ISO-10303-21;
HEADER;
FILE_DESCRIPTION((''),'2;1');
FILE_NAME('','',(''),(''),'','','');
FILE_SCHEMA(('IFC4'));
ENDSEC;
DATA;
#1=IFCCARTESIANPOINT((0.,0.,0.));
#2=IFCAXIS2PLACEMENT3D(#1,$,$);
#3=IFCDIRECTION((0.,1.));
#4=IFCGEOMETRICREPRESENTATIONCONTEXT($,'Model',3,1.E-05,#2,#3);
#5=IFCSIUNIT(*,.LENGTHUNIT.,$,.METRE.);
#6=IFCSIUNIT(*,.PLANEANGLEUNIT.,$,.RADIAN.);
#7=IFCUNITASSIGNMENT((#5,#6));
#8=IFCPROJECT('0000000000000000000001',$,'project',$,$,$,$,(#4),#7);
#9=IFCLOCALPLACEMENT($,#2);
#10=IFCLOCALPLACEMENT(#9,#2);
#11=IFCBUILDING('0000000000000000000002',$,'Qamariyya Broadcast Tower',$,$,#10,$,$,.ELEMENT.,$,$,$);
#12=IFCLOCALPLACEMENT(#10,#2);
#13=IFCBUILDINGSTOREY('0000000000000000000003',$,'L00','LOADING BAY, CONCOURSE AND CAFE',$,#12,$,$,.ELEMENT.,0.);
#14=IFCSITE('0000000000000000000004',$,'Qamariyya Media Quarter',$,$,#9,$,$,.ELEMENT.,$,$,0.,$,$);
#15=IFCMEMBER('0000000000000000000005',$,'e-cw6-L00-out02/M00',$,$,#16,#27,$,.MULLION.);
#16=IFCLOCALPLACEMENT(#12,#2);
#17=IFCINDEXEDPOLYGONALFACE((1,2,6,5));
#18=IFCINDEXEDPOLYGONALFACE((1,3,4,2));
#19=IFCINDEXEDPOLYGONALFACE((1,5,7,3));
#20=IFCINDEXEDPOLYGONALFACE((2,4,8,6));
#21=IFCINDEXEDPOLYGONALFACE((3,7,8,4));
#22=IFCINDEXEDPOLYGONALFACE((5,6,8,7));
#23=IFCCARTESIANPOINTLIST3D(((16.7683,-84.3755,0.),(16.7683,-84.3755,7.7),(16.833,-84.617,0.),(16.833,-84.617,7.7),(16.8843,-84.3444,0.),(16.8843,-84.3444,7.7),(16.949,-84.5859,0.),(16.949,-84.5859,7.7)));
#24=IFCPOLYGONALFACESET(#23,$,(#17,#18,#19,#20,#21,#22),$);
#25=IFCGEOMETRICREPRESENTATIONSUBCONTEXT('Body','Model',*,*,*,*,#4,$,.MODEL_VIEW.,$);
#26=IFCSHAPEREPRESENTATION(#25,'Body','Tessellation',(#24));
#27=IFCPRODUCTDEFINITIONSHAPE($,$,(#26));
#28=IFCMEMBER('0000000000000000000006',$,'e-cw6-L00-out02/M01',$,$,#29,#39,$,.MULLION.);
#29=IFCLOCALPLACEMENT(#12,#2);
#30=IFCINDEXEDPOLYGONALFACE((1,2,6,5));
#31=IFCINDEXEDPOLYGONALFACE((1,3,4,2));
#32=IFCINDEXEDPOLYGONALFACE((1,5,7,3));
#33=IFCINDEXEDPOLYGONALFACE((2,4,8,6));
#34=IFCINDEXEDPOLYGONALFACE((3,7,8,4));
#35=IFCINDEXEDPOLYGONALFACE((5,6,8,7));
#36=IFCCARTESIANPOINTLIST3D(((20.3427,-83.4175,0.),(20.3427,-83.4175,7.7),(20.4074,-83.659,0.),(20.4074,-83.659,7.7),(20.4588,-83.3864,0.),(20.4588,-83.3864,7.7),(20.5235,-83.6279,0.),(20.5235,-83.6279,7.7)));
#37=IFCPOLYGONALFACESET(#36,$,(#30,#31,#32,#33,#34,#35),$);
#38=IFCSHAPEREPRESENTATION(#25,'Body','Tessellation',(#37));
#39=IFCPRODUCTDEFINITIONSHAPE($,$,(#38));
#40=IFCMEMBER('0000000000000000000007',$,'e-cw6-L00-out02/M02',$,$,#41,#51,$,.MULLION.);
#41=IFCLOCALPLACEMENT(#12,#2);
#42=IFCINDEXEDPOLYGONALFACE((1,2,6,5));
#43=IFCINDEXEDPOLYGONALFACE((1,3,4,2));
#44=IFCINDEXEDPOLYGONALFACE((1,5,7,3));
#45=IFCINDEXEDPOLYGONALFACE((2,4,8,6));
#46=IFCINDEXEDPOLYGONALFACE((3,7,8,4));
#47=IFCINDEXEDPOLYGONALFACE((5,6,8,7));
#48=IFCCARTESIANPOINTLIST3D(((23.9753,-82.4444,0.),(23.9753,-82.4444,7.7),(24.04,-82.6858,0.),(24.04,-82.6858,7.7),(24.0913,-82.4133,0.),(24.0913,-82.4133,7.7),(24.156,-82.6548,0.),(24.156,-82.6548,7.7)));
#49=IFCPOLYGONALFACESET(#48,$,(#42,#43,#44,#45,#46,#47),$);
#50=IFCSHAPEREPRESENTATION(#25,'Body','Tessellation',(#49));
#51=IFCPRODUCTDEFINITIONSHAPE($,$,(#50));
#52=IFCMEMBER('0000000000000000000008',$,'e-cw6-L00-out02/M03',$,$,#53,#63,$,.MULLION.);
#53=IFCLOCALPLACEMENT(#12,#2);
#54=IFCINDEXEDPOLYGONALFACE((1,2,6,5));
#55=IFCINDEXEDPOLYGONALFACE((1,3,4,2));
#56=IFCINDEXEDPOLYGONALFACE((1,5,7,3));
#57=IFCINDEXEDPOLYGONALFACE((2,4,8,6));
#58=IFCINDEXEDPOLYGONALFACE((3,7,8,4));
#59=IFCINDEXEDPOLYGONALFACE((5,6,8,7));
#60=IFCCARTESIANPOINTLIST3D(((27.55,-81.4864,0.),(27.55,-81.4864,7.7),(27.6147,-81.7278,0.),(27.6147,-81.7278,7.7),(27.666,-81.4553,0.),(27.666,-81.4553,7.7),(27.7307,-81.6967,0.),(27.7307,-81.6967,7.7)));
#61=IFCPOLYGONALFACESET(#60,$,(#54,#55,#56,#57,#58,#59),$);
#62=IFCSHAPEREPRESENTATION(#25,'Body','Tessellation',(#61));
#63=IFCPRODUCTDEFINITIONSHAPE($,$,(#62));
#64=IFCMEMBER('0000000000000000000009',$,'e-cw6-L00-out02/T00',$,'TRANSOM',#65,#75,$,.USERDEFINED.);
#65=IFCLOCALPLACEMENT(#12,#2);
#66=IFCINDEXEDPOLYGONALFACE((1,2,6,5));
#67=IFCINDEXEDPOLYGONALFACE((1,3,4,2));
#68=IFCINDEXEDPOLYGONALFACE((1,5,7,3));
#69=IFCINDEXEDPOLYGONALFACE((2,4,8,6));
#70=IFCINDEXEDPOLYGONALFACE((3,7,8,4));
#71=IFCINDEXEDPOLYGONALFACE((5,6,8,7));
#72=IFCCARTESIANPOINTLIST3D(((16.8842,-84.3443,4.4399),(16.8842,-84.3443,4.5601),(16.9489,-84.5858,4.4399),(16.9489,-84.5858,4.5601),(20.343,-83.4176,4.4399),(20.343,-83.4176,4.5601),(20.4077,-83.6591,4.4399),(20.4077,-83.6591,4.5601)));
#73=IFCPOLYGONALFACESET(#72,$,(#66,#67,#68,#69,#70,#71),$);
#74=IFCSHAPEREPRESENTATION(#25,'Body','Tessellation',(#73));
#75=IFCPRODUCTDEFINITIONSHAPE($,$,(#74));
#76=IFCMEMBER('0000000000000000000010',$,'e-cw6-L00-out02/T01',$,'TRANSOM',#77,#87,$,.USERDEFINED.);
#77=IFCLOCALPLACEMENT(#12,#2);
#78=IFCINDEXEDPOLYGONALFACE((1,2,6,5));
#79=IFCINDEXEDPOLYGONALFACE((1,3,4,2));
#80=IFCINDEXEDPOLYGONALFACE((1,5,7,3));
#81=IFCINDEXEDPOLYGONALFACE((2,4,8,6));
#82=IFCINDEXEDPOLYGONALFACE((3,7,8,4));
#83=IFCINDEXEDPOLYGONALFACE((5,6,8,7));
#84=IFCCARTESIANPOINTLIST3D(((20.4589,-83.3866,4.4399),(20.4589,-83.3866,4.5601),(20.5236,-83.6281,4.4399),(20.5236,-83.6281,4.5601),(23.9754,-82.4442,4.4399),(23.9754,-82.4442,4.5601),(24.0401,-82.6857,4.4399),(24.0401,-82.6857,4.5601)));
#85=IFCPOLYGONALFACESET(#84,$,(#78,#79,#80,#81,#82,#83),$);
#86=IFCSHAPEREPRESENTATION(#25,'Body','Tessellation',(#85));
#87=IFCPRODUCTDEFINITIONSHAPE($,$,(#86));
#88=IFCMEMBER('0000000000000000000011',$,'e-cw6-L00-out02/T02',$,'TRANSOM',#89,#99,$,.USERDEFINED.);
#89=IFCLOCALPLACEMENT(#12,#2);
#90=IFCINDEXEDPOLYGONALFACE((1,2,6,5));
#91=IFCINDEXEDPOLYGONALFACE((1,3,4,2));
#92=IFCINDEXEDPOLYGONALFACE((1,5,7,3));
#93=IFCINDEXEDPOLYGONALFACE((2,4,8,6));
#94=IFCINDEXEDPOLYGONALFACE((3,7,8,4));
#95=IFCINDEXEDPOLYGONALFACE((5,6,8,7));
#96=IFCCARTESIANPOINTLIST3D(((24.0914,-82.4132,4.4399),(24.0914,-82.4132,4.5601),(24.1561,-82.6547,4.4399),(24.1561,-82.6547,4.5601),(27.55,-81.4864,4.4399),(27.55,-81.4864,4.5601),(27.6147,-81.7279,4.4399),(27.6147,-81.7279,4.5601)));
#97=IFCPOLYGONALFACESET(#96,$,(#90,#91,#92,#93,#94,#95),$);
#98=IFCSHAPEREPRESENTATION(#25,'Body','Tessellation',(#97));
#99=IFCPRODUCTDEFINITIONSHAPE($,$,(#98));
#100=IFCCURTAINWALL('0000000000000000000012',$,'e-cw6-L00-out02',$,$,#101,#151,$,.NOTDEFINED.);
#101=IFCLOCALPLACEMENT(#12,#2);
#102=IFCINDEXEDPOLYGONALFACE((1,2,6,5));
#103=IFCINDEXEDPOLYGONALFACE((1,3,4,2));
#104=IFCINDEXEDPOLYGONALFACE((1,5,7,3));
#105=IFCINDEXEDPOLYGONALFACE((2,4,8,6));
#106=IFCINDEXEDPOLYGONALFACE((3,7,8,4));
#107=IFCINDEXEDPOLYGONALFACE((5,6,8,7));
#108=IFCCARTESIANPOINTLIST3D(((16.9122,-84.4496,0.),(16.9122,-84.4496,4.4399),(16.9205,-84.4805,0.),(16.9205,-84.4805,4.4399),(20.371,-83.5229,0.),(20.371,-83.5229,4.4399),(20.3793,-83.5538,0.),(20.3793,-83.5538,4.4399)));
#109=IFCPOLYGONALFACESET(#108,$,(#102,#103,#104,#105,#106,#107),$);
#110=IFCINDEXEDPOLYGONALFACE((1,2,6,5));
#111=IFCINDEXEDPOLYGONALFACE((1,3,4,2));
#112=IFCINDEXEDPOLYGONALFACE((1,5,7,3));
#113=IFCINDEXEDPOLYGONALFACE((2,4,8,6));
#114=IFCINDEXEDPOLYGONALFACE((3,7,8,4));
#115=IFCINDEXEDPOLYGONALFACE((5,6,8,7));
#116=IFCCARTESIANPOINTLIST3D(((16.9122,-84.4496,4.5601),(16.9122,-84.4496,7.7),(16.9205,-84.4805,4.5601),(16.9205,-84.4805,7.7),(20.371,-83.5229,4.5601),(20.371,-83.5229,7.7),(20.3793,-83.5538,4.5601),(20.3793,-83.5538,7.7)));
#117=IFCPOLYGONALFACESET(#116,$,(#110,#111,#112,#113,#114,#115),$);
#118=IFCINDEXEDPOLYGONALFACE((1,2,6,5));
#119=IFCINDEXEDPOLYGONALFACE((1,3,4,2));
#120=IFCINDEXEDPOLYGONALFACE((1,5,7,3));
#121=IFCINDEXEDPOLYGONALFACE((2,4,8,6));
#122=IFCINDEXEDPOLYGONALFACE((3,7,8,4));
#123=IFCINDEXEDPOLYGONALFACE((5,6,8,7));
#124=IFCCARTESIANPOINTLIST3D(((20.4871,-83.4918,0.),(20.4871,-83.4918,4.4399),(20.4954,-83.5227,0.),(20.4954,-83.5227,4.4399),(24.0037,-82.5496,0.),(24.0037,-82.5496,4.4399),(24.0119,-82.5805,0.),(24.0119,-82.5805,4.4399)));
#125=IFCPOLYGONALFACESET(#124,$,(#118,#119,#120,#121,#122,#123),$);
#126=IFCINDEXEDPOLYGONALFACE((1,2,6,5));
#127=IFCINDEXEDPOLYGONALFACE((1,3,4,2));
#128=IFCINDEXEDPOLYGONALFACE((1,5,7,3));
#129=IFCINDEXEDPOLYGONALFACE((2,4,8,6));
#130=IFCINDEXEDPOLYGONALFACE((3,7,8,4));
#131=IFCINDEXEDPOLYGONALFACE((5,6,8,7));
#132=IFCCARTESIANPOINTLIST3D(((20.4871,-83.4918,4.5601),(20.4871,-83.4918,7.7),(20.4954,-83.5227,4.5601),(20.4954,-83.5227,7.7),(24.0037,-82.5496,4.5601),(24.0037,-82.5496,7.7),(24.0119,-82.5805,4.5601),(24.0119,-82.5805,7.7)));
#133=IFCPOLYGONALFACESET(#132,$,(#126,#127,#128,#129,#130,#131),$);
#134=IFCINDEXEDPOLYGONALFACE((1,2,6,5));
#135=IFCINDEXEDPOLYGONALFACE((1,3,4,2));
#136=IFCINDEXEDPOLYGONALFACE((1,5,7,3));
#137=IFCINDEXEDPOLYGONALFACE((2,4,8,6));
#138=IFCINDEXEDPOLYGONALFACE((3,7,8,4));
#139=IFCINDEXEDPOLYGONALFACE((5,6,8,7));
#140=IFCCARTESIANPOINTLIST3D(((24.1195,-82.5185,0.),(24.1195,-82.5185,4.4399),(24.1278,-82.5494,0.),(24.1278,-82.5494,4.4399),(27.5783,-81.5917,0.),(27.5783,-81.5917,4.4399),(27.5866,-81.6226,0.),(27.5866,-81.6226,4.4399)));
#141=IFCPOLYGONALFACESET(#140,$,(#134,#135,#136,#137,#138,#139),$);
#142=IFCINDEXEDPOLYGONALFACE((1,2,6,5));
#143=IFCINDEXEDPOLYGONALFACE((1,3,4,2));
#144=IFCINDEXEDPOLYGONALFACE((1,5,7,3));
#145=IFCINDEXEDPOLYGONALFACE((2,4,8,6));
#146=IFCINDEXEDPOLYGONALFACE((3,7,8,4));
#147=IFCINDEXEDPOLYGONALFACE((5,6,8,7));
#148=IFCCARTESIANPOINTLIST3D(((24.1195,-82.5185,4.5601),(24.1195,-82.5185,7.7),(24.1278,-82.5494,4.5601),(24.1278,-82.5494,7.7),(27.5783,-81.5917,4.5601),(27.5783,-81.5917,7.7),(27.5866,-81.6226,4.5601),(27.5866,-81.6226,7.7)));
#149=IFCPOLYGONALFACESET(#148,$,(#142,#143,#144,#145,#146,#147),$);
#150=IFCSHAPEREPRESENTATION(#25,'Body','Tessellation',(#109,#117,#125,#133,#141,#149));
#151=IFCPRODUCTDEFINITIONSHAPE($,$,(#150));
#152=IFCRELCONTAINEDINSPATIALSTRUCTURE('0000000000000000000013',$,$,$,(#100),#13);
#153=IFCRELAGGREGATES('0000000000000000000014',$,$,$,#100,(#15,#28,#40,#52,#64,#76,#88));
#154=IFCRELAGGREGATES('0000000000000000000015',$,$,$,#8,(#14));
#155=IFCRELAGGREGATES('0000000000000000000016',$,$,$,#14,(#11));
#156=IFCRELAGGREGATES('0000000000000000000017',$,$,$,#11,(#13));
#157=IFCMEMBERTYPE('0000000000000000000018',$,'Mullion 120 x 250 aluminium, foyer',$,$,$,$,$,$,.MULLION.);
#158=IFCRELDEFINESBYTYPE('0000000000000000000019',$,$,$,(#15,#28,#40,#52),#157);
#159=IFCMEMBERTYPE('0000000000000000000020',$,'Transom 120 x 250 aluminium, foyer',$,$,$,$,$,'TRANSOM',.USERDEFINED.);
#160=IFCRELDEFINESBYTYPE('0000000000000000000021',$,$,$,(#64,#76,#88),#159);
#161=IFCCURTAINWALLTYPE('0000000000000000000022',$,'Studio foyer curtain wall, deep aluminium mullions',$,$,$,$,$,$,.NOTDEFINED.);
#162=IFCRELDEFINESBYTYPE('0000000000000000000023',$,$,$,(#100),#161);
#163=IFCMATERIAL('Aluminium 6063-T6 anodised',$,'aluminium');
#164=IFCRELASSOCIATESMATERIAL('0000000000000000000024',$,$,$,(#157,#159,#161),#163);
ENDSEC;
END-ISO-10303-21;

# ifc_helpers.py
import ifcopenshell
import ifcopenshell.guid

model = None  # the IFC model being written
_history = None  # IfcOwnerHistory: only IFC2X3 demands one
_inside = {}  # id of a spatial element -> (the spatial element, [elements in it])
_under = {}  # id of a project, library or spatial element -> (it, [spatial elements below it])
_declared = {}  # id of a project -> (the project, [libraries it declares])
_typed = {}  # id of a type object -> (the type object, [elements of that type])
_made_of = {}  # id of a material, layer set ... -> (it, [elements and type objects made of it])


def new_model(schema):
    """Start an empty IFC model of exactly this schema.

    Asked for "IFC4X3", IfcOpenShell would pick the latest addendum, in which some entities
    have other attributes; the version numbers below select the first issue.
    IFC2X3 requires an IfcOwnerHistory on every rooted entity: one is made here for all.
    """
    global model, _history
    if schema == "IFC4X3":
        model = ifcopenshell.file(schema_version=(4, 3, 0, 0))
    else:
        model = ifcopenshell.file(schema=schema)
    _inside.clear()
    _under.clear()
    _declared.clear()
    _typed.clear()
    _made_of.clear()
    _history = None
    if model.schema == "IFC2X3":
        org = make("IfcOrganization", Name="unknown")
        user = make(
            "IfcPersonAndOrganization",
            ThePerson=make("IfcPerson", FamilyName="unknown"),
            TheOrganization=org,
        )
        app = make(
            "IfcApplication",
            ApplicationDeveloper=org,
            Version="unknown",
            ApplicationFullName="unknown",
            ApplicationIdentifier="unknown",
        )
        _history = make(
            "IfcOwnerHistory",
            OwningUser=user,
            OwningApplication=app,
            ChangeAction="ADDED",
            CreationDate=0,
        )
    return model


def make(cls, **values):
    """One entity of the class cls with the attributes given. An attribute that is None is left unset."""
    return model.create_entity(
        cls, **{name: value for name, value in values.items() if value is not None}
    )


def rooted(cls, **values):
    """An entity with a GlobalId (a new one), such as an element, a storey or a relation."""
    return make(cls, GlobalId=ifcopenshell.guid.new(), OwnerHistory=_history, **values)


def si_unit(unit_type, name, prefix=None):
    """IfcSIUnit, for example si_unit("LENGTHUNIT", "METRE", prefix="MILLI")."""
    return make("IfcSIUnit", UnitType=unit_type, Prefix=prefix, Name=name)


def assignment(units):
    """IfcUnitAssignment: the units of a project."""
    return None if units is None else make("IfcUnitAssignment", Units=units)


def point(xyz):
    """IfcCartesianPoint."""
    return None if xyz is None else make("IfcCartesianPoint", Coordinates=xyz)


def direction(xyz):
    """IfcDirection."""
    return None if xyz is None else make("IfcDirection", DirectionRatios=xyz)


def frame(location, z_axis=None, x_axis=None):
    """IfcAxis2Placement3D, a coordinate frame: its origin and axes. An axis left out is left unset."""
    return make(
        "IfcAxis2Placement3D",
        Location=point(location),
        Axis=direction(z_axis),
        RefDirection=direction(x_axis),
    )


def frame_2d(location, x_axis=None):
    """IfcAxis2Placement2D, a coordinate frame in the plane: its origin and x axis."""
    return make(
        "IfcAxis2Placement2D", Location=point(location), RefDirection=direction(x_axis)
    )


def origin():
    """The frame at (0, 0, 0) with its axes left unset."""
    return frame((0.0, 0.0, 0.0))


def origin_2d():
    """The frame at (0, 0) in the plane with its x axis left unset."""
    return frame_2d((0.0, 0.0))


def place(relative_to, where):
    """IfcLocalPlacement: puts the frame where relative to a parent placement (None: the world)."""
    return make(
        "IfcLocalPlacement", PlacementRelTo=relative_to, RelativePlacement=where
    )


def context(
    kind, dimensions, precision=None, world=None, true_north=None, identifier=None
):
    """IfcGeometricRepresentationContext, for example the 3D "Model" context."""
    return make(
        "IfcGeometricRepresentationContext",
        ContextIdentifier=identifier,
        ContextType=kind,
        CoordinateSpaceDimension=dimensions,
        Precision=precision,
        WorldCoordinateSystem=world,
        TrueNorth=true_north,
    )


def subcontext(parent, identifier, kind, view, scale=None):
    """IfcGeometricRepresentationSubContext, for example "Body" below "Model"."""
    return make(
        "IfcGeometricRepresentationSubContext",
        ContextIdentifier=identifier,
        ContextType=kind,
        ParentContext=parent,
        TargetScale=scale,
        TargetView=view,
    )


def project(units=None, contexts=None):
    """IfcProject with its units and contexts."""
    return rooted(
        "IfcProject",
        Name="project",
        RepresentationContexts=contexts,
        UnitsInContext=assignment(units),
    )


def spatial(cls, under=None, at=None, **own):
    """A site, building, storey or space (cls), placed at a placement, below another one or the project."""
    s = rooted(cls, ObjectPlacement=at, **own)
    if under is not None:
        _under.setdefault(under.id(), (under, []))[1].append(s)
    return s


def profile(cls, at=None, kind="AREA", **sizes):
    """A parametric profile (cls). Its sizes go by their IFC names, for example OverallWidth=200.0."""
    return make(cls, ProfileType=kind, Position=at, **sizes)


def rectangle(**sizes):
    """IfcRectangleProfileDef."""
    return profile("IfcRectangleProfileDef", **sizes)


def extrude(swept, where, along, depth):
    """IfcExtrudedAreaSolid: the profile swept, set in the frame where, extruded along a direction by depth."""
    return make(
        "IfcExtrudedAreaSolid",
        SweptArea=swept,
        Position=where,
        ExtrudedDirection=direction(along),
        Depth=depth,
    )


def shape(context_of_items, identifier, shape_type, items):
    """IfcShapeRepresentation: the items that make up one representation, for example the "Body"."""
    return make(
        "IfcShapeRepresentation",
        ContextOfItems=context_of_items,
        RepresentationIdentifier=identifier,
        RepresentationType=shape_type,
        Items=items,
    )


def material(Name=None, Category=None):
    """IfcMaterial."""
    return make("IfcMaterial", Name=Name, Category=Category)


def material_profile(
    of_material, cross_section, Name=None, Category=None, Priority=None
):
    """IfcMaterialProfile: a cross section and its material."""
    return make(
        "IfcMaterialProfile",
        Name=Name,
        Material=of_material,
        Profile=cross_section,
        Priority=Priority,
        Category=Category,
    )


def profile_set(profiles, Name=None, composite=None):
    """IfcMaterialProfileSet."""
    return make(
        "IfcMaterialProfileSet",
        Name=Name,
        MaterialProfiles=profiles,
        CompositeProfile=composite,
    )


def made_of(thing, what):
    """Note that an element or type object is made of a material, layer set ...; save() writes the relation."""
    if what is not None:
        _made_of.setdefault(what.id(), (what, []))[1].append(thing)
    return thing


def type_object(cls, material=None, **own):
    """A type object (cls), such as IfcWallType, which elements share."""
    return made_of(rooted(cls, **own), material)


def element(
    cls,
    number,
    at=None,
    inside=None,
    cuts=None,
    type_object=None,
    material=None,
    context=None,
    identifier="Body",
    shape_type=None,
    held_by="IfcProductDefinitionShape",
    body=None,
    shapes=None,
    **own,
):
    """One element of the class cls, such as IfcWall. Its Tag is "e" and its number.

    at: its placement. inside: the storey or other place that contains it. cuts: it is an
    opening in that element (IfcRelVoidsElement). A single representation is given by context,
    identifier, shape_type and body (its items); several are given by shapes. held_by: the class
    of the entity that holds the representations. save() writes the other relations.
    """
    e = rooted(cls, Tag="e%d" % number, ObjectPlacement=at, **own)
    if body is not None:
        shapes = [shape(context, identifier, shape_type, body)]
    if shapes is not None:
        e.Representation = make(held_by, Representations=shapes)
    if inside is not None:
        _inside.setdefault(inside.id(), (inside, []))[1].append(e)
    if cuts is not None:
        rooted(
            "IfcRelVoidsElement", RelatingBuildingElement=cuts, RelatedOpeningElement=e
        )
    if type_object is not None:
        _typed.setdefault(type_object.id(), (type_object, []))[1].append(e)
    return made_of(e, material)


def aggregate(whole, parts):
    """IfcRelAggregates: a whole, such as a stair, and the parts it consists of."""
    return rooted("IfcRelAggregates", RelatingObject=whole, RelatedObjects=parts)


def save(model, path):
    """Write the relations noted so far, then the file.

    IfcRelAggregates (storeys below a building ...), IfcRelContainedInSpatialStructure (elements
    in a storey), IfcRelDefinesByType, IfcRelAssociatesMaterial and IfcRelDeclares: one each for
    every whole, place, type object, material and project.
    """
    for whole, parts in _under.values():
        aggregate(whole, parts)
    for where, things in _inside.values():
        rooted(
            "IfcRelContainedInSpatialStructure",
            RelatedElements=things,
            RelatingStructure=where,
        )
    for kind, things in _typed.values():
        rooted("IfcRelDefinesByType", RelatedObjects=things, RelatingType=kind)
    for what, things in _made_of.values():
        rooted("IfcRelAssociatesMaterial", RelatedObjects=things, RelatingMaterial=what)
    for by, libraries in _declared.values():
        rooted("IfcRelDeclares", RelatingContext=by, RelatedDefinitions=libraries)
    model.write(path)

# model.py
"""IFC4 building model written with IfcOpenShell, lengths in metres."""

from ifc_helpers import new_model, si_unit, direction, frame, origin, origin_2d, place, context, subcontext, project, spatial, rectangle, extrude, material, material_profile, profile_set, type_object, element, aggregate, save


model = new_model("IFC4")

# Units and contexts
model_context = context("Model", 3, precision=1e-05, world=origin(), true_north=direction((0.0, 1.0)))
body_context = subcontext(model_context, "Body", "Model", "MODEL_VIEW")
ifc_project = project(units=[si_unit("LENGTHUNIT", "METRE"), si_unit("PLANEANGLEUNIT", "RADIAN")], contexts=[model_context])

# Members
ifc_material_1 = material(Name="Aluminium 6063-T6 anodised", Category="aluminium")
ifc_material_profile_1 = material_profile(ifc_material_1, rectangle(XDim=0.25, YDim=0.1201, at=origin_2d()))
ifc_profile_set_1 = profile_set([ifc_material_profile_1], Name="Aluminium 6063-T6 anodised")
member_type_1 = type_object("IfcMemberType", Name="Mullion 120 x 250 aluminium, foyer", PredefinedType="MULLION", material=ifc_profile_set_1)
site_placement = place(None, origin())
building_placement = place(site_placement, origin())
storey_placement = place(building_placement, origin())
member_1_placement = place(storey_placement, frame((16.8586, -84.4807, 0.0), z_axis=(0.0, 0.0, 1.0), x_axis=(-0.258819, 0.965926, 0.0)))
member_1 = element("IfcMember", 1, at=member_1_placement, type_object=member_type_1, Name="e-cw6-L00-out02/M00", PredefinedType="MULLION", context=body_context, shape_type="SweptSolid", body=[
    extrude(rectangle(XDim=0.25, YDim=0.1201, at=origin_2d()), origin(), (0.0, 0.0, 1.0), 7.7),
])
member_2_placement = place(storey_placement, frame((20.4331, -83.5227, 0.0), z_axis=(0.0, 0.0, 1.0), x_axis=(-0.258819, 0.965926, 0.0)))
member_2 = element("IfcMember", 2, at=member_2_placement, type_object=member_type_1, Name="e-cw6-L00-out02/M01", PredefinedType="MULLION", context=body_context, shape_type="SweptSolid", body=[
    extrude(rectangle(XDim=0.25, YDim=0.1201, at=origin_2d()), origin(), (0.0, 0.0, 1.0), 7.7),
])
member_3_placement = place(storey_placement, frame((24.0657, -82.5496, 0.0), z_axis=(0.0, 0.0, 1.0), x_axis=(-0.258819, 0.965926, 0.0)))
member_3 = element("IfcMember", 3, at=member_3_placement, type_object=member_type_1, Name="e-cw6-L00-out02/M02", PredefinedType="MULLION", context=body_context, shape_type="SweptSolid", body=[
    extrude(rectangle(XDim=0.25, YDim=0.1201, at=origin_2d()), origin(), (0.0, 0.0, 1.0), 7.7),
])
member_4_placement = place(storey_placement, frame((27.6404, -81.5916, 0.0), z_axis=(0.0, 0.0, 1.0), x_axis=(-0.258819, 0.965926, 0.0)))
member_4 = element("IfcMember", 4, at=member_4_placement, type_object=member_type_1, Name="e-cw6-L00-out02/M03", PredefinedType="MULLION", context=body_context, shape_type="SweptSolid", body=[
    extrude(rectangle(XDim=0.25, YDim=0.1201, at=origin_2d()), origin(), (0.0, 0.0, 1.0), 7.7),
])
ifc_material_profile_2 = material_profile(ifc_material_1, rectangle(XDim=0.25, YDim=0.1201, at=origin_2d()))
ifc_profile_set_2 = profile_set([ifc_material_profile_2], Name="Aluminium 6063-T6 anodised")
member_type_2 = type_object("IfcMemberType", Name="Transom 120 x 250 aluminium, foyer", ElementType="TRANSOM", PredefinedType="USERDEFINED", material=ifc_profile_set_2)
member_5_placement = place(storey_placement, frame((16.9165, -84.4651, 4.5), z_axis=(0.965926, 0.258817, 0.0), x_axis=(-0.258817, 0.965926, 0.0)))
member_5 = element("IfcMember", 5, at=member_5_placement, type_object=member_type_2, Name="e-cw6-L00-out02/T00", ObjectType="TRANSOM", PredefinedType="USERDEFINED", context=body_context, shape_type="SweptSolid", body=[
    extrude(rectangle(XDim=0.25, YDim=0.1201, at=origin_2d()), origin(), (0.0, 0.0, 1.0), 3.5808),
])
member_6_placement = place(storey_placement, frame((20.4912, -83.5073, 4.5), z_axis=(0.965918, 0.258848, 0.0), x_axis=(-0.258848, 0.965918, 0.0)))
member_6 = element("IfcMember", 6, at=member_6_placement, type_object=member_type_2, Name="e-cw6-L00-out02/T01", ObjectType="TRANSOM", PredefinedType="USERDEFINED", context=body_context, shape_type="SweptSolid", body=[
    extrude(rectangle(XDim=0.25, YDim=0.1201, at=origin_2d()), origin(), (0.0, 0.0, 1.0), 3.6406),
])
member_7_placement = place(storey_placement, frame((24.1238, -82.5339, 4.5), z_axis=(0.965922, 0.258834, 0.0), x_axis=(-0.258834, 0.965922, 0.0)))
member_7 = element("IfcMember", 7, at=member_7_placement, type_object=member_type_2, Name="e-cw6-L00-out02/T02", ObjectType="TRANSOM", PredefinedType="USERDEFINED", context=body_context, shape_type="SweptSolid", body=[
    extrude(rectangle(XDim=0.25, YDim=0.1201, at=origin_2d()), origin(), (0.0, 0.0, 1.0), 3.5806),
])

# Site, building, storey
site = spatial("IfcSite", under=ifc_project, at=site_placement, Name="Qamariyya Media Quarter", CompositionType="ELEMENT", RefElevation=0.0)
building = spatial("IfcBuilding", under=site, at=building_placement, Name="Qamariyya Broadcast Tower", CompositionType="ELEMENT")
storey = spatial("IfcBuildingStorey", under=building, at=storey_placement, Name="L00", Description="LOADING BAY, CONCOURSE AND CAFE", CompositionType="ELEMENT", Elevation=0.0)

# Curtain wall
curtain_wall_type_1 = type_object("IfcCurtainWallType", Name="Studio foyer curtain wall, deep aluminium mullions", PredefinedType="NOTDEFINED", material=ifc_material_1)
curtain_wall_1_placement = place(storey_placement, origin())
curtain_wall_1 = element("IfcCurtainWall", 8, at=curtain_wall_1_placement, inside=storey, type_object=curtain_wall_type_1, Name="e-cw6-L00-out02", PredefinedType="NOTDEFINED", context=body_context, shape_type="SweptSolid", body=[
    extrude(rectangle(XDim=3.5808, YDim=0.032, at=origin_2d()), frame((18.6458, -84.0017, 0.0), x_axis=(0.965928, 0.25881, 0.0)), (0.0, 0.0, 1.0), 4.4399),
    extrude(rectangle(XDim=3.5808, YDim=0.032, at=origin_2d()), frame((18.6458, -84.0017, 4.5601), x_axis=(0.965928, 0.25881, 0.0)), (0.0, 0.0, 1.0), 3.1399),
    extrude(rectangle(XDim=3.6406, YDim=0.032, at=origin_2d()), frame((22.2495, -83.0361, 0.0), x_axis=(0.965928, 0.25881, 0.0)), (0.0, 0.0, 1.0), 4.4399),
    extrude(rectangle(XDim=3.6406, YDim=0.032, at=origin_2d()), frame((22.2495, -83.0361, 4.5601), x_axis=(0.965928, 0.25881, 0.0)), (0.0, 0.0, 1.0), 3.1399),
    extrude(rectangle(XDim=3.5808, YDim=0.032, at=origin_2d()), frame((25.853, -82.0706, 0.0), x_axis=(0.965928, 0.25881, 0.0)), (0.0, 0.0, 1.0), 4.4399),
    extrude(rectangle(XDim=3.5808, YDim=0.032, at=origin_2d()), frame((25.853, -82.0706, 4.5601), x_axis=(0.965928, 0.25881, 0.0)), (0.0, 0.0, 1.0), 3.1399),
])
aggregate(curtain_wall_1, [member_1, member_2, member_3, member_4, member_5, member_6, member_7])

save(model, "model.ifc")
